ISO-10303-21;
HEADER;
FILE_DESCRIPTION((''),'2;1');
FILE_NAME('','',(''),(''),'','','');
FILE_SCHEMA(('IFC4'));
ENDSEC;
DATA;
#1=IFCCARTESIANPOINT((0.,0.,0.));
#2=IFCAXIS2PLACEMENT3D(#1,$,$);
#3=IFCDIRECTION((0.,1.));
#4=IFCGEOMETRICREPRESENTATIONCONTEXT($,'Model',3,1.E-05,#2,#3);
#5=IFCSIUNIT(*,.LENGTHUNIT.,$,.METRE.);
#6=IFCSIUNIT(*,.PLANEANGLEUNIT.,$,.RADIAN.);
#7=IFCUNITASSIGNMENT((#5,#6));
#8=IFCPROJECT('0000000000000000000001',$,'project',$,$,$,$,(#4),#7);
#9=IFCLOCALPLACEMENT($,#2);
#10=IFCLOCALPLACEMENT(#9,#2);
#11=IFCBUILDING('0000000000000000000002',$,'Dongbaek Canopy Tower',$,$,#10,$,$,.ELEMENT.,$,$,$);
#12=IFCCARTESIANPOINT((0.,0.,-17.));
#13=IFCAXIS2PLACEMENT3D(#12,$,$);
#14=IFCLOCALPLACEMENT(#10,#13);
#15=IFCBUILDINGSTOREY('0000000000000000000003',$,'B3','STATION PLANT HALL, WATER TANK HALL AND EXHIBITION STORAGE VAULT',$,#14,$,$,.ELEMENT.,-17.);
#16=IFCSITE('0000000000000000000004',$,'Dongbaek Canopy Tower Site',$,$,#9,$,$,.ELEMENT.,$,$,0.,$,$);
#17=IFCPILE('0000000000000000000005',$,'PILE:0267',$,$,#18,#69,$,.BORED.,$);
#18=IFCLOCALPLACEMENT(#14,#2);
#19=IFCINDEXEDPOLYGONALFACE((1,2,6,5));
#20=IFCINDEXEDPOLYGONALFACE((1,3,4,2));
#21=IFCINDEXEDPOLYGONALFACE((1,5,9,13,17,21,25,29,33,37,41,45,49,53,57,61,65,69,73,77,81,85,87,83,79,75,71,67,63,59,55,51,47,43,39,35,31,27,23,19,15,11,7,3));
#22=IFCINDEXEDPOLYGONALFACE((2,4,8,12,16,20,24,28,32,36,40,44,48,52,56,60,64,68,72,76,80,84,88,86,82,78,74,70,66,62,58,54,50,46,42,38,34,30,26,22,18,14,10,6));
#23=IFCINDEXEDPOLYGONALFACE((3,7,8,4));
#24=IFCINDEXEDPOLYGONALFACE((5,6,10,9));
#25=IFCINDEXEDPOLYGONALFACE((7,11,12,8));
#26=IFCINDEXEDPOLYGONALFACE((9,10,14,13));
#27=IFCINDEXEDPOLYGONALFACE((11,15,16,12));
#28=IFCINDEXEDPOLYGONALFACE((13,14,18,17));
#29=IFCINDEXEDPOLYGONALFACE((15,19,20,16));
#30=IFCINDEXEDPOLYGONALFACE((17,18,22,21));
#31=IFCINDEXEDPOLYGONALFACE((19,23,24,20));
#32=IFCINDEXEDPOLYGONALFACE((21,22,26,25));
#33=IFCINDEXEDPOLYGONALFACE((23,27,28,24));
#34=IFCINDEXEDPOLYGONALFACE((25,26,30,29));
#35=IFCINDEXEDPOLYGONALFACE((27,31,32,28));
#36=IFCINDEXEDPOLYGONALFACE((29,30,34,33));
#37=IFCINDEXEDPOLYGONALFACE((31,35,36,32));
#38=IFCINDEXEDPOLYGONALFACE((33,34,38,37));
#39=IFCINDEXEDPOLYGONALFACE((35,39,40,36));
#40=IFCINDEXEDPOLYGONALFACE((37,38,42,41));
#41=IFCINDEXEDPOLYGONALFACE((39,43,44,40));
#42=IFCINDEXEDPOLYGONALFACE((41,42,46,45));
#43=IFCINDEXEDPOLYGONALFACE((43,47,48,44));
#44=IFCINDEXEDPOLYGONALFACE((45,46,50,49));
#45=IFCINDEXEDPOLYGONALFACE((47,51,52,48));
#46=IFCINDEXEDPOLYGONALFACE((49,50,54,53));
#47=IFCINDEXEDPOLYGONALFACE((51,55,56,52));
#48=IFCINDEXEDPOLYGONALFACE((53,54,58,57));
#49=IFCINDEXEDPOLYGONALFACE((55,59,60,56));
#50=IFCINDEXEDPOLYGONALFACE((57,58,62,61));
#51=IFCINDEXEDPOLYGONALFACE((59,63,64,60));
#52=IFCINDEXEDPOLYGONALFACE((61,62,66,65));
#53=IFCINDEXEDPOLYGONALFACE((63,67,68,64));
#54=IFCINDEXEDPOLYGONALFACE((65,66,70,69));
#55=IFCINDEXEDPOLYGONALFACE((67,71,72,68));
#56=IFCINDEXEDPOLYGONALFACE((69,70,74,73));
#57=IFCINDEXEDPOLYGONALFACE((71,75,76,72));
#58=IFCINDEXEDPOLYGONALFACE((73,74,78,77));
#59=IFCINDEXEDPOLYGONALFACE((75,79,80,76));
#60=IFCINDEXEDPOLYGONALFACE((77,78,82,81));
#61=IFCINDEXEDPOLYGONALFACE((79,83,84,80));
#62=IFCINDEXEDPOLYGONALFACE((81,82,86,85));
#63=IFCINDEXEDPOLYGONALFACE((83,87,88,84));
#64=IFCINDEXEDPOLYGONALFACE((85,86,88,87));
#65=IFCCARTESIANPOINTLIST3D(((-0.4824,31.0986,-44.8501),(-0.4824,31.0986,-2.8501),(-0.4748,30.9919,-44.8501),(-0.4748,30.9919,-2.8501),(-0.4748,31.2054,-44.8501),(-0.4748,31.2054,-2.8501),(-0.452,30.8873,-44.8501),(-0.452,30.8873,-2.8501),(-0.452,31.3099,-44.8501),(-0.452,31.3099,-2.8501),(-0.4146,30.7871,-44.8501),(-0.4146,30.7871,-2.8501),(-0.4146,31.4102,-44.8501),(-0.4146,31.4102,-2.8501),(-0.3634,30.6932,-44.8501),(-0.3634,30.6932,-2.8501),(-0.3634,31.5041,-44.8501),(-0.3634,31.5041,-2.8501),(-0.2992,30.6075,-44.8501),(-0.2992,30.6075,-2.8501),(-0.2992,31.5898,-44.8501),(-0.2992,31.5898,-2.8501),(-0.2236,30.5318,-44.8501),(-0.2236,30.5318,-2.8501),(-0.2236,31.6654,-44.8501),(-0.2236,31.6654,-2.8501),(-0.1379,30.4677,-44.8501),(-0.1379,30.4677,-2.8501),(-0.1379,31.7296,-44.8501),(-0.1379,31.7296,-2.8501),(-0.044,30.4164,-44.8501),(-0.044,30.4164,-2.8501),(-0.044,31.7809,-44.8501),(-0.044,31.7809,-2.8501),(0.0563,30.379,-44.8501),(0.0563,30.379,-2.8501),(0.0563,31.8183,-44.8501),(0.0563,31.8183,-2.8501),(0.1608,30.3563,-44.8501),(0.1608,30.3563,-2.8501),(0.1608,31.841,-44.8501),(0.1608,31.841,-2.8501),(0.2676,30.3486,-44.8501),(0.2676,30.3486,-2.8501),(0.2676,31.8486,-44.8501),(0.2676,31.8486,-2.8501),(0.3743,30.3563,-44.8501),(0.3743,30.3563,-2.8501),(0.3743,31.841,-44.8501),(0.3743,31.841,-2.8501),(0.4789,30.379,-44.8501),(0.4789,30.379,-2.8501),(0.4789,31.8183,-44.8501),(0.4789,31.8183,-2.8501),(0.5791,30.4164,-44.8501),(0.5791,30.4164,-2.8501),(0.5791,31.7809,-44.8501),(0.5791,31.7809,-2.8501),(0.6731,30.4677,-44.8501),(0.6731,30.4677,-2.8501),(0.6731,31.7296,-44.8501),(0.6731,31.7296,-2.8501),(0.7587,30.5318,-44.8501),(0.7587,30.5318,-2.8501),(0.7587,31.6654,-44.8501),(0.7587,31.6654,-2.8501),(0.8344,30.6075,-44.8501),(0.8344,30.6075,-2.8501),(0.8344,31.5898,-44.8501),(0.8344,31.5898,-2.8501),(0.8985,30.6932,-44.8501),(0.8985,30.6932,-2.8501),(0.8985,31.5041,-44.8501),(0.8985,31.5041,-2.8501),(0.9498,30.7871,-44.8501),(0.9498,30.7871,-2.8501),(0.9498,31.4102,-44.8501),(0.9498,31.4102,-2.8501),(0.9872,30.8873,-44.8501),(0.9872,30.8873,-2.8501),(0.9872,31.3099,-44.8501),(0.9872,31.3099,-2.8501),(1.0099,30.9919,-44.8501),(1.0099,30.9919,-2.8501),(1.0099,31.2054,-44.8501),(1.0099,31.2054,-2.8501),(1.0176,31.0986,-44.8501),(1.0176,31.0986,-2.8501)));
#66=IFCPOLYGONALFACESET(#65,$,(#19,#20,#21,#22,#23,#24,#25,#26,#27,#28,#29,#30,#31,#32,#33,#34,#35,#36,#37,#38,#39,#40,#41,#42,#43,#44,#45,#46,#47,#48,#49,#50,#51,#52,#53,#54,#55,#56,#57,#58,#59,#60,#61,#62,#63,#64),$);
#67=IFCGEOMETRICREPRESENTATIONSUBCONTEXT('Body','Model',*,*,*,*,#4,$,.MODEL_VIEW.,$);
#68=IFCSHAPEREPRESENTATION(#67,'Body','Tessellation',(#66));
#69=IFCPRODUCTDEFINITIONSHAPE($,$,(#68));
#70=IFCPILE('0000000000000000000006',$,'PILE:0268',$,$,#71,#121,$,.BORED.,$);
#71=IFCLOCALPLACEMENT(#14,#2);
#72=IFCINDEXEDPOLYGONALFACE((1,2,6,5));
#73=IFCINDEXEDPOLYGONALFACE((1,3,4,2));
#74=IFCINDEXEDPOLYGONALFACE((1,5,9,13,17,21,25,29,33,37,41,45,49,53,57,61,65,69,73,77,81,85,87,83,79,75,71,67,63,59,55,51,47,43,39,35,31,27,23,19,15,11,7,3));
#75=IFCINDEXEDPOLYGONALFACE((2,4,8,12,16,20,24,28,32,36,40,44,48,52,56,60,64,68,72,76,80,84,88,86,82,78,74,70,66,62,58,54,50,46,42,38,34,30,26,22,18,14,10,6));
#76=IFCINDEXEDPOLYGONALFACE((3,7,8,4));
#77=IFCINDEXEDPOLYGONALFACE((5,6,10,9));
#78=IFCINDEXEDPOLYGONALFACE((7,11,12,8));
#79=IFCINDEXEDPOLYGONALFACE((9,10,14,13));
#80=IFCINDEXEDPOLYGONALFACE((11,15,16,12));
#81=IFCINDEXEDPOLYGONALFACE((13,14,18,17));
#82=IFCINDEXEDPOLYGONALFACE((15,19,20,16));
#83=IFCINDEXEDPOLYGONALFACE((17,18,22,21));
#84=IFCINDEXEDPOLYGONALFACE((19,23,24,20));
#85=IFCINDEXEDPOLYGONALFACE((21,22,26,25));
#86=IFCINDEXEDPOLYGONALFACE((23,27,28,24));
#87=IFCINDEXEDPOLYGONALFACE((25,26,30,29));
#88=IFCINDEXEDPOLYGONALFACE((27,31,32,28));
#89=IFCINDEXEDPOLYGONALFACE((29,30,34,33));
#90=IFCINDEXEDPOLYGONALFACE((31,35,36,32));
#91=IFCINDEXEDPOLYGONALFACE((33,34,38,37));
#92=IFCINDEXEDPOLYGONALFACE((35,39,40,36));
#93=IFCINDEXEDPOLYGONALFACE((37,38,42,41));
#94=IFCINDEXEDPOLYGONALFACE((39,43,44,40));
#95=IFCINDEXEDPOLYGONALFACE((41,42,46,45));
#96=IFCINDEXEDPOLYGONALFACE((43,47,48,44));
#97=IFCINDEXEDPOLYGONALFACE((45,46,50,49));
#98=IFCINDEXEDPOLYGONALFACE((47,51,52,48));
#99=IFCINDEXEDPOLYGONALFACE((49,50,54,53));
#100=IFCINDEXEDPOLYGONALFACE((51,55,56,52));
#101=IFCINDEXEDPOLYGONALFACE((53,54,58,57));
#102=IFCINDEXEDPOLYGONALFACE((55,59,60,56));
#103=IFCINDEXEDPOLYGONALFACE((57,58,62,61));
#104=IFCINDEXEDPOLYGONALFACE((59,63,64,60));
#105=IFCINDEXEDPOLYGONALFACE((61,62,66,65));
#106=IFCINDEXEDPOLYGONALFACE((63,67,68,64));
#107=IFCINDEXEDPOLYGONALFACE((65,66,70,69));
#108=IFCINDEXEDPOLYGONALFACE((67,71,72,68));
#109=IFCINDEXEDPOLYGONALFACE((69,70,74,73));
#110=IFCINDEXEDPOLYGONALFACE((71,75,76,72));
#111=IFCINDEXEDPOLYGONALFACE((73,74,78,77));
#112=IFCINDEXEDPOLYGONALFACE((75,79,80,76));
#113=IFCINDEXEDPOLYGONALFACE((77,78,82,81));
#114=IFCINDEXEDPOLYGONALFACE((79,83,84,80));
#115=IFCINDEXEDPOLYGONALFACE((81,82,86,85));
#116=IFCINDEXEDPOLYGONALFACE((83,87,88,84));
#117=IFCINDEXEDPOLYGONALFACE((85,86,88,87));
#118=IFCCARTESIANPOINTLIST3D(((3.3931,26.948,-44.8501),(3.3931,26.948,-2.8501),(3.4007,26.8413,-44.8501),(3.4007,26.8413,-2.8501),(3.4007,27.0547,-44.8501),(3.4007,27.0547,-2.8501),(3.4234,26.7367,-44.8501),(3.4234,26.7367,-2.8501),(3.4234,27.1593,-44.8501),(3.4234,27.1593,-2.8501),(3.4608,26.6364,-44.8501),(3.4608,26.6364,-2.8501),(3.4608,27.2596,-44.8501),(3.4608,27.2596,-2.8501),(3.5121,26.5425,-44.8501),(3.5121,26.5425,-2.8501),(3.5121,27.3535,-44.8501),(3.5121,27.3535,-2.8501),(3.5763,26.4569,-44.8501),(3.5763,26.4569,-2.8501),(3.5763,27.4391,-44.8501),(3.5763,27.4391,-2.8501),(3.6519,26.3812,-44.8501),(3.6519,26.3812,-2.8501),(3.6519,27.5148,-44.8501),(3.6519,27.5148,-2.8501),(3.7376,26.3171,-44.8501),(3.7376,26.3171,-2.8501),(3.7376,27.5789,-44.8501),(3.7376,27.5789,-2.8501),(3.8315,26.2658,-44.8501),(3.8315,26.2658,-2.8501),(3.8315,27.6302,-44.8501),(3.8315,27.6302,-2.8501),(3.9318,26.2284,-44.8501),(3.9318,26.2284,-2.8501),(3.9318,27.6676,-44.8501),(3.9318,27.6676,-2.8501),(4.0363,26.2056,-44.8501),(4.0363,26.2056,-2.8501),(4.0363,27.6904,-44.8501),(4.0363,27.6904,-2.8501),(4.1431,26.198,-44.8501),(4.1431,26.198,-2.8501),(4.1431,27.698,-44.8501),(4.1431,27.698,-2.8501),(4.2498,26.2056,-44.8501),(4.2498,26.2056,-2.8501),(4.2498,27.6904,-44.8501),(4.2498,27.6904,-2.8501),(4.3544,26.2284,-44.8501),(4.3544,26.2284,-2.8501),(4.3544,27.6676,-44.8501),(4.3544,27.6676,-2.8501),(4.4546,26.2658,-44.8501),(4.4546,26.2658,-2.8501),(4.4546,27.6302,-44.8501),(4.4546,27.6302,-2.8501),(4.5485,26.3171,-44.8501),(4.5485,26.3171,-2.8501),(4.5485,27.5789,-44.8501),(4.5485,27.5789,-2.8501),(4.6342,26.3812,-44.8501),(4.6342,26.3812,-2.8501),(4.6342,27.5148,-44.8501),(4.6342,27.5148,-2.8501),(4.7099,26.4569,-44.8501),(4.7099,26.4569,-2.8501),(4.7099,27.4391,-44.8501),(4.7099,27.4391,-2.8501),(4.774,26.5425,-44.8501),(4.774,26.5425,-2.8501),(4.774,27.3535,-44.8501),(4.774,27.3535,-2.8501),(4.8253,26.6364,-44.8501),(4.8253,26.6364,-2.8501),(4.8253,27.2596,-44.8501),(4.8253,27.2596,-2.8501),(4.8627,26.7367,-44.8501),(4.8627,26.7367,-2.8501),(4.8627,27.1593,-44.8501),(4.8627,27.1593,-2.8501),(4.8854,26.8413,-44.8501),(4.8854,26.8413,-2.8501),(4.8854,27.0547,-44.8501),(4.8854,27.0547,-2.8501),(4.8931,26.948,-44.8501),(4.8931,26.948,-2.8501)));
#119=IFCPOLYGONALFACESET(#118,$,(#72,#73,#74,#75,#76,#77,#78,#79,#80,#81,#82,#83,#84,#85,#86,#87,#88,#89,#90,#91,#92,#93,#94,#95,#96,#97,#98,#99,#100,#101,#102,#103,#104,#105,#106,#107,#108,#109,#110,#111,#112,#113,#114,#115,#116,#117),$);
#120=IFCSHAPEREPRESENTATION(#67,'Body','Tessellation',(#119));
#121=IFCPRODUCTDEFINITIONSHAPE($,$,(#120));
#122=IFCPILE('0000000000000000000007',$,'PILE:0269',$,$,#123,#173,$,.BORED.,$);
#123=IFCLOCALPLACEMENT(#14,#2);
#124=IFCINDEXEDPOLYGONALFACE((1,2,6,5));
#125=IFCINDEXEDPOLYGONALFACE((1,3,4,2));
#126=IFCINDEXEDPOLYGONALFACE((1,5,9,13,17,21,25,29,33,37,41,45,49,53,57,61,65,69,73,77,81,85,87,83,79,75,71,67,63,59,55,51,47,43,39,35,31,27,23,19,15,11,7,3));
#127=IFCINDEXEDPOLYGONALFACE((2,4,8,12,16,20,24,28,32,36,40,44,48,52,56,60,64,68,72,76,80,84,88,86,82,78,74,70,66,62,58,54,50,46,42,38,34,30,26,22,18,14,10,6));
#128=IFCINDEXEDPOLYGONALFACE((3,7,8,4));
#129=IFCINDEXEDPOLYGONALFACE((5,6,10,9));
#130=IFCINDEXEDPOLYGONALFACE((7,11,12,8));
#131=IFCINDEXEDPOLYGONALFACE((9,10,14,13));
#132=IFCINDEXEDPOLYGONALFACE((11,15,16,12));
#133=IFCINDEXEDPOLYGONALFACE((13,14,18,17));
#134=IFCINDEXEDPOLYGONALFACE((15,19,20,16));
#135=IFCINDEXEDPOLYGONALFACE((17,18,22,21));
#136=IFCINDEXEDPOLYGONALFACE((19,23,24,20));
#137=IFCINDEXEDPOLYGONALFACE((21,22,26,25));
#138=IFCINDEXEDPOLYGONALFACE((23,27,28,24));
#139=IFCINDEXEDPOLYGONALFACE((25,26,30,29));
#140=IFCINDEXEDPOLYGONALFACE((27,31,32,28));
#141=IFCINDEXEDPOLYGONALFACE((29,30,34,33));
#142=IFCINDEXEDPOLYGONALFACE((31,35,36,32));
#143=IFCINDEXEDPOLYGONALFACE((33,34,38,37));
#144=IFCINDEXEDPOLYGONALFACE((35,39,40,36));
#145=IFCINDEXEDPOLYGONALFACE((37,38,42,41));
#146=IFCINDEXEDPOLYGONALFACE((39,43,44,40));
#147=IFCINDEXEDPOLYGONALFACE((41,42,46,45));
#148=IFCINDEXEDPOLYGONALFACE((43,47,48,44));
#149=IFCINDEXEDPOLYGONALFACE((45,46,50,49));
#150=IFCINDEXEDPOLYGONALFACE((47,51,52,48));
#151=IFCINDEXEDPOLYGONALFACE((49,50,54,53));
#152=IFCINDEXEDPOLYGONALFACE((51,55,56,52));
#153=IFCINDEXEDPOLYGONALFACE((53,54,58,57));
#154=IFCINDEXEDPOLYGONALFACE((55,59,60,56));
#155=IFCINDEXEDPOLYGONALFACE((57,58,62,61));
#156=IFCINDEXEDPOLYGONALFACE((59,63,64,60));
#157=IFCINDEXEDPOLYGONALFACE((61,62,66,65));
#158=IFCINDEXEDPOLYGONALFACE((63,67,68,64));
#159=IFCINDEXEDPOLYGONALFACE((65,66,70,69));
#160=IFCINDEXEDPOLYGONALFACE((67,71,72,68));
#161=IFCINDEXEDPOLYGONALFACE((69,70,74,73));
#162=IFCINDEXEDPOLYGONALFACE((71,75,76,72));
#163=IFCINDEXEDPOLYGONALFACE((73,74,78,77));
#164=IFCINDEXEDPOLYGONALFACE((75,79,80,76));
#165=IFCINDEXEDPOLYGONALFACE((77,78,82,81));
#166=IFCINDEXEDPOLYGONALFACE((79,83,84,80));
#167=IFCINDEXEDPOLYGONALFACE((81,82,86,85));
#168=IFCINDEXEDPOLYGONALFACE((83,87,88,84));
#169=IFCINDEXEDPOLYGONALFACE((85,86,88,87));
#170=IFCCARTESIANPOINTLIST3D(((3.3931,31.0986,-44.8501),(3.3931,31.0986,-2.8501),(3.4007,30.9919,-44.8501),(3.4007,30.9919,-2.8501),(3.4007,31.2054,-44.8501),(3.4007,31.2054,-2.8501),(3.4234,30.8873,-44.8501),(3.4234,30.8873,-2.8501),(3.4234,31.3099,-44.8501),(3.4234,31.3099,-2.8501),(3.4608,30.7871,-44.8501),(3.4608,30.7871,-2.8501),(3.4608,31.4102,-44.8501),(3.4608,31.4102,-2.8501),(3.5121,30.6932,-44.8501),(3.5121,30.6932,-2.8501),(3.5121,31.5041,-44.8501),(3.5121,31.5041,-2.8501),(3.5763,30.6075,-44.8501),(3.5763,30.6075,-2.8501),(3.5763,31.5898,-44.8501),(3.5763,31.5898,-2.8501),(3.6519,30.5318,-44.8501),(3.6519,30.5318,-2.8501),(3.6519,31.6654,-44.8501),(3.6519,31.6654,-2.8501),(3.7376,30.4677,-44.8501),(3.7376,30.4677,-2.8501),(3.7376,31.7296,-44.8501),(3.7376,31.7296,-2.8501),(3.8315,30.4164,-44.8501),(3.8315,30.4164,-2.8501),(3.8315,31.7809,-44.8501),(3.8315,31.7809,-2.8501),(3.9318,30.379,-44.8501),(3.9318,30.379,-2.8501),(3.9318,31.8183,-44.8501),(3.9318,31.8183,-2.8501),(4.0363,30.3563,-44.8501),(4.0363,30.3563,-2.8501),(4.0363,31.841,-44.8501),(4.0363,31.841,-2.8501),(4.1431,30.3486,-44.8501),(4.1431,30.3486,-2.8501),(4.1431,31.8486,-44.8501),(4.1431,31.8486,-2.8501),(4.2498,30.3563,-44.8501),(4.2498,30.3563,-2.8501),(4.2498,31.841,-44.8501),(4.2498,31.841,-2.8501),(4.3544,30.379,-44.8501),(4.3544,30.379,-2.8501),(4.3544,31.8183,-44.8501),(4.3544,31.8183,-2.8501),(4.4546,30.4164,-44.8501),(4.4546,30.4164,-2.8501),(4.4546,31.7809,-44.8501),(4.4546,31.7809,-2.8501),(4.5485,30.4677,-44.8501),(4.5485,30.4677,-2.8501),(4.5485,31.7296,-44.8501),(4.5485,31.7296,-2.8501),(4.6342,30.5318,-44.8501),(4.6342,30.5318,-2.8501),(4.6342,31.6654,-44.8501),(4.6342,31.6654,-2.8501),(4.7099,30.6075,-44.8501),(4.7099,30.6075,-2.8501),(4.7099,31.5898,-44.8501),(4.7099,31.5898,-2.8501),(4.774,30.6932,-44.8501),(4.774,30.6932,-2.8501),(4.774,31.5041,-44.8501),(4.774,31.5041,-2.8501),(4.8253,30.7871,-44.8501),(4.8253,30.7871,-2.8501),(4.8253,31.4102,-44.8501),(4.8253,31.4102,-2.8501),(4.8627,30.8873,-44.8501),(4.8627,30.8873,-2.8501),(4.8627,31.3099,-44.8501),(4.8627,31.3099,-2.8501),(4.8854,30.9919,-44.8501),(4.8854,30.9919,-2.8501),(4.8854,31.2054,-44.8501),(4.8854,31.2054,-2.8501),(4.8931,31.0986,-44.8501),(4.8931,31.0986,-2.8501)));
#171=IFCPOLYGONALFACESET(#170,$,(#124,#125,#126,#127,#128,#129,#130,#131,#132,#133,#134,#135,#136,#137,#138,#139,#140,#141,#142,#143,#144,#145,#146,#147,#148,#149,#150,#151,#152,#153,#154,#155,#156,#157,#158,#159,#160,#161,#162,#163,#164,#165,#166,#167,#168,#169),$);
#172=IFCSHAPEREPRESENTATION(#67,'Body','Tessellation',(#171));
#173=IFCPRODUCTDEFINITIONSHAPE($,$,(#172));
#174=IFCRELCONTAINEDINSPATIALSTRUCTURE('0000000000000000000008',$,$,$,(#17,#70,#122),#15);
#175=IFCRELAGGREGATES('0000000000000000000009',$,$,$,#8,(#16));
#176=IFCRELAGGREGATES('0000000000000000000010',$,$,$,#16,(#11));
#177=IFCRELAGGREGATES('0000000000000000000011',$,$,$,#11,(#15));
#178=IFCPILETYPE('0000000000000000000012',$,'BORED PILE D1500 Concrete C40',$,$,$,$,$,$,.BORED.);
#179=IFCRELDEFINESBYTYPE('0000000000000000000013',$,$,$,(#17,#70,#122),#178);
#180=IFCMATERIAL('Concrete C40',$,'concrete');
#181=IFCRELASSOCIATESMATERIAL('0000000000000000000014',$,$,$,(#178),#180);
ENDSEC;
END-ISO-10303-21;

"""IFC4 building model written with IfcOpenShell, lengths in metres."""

from ifc_helpers import new_model, si_unit, direction, frame, origin, origin_2d, place, context, subcontext, project, spatial, circle, extrude, material, material_profile, profile_set, type_object, element, save


model = new_model("IFC4")

# Units and contexts
model_context = context("Model", 3, precision=1e-05, world=origin(), true_north=direction((0.0, 1.0)))
body_context = subcontext(model_context, "Body", "Model", "MODEL_VIEW")
ifc_project = project(units=[si_unit("LENGTHUNIT", "METRE"), si_unit("PLANEANGLEUNIT", "RADIAN")], contexts=[model_context])

# Site, building, storey
site_placement = place(None, origin())
site = spatial("IfcSite", under=ifc_project, at=site_placement, Name="Dongbaek Canopy Tower Site", CompositionType="ELEMENT", RefElevation=0.0)
building_placement = place(site_placement, origin())
building = spatial("IfcBuilding", under=site, at=building_placement, Name="Dongbaek Canopy Tower", CompositionType="ELEMENT")
storey_placement = place(building_placement, frame((0.0, 0.0, -17.0)))
storey = spatial("IfcBuildingStorey", under=building, at=storey_placement, Name="B3", Description="STATION PLANT HALL, WATER TANK HALL AND EXHIBITION STORAGE VAULT", CompositionType="ELEMENT", Elevation=-17.0)

# Piles
ifc_material_1 = material(Name="Concrete C40", Category="concrete")
ifc_material_profile_1 = material_profile(ifc_material_1, circle(Radius=0.75, at=origin_2d()), Name="BORED PILE D1500 Concrete C40")
ifc_profile_set_1 = profile_set([ifc_material_profile_1], Name="Concrete C40")
pile_type = type_object("IfcPileType", Name="BORED PILE D1500 Concrete C40", PredefinedType="BORED", material=ifc_profile_set_1)
for number, where, z_axis, x_axis, name in (
    (1, (0.2676, 31.0986, -2.8501), (0.0, 0.0, -1.0), (1.0, 0.0, 0.0), "PILE:0267"),
    (2, (4.1431, 26.948, -2.8501), (0.0, 0.0, -1.0), (1.0, 0.0, 0.0), "PILE:0268"),
    (3, (4.1431, 31.0986, -2.8501), (0.0, 0.0, -1.0), (1.0, 0.0, 0.0), "PILE:0269"),
):
    element("IfcPile", number, at=place(storey_placement, frame(where, z_axis=z_axis, x_axis=x_axis)), inside=storey, type_object=pile_type, Name=name, PredefinedType="BORED", context=body_context, shape_type="SweptSolid", body=[
        extrude(circle(Radius=0.75, at=origin_2d()), origin(), (0.0, 0.0, 1.0), 42.0),
    ])

save(model, "model.ifc")
